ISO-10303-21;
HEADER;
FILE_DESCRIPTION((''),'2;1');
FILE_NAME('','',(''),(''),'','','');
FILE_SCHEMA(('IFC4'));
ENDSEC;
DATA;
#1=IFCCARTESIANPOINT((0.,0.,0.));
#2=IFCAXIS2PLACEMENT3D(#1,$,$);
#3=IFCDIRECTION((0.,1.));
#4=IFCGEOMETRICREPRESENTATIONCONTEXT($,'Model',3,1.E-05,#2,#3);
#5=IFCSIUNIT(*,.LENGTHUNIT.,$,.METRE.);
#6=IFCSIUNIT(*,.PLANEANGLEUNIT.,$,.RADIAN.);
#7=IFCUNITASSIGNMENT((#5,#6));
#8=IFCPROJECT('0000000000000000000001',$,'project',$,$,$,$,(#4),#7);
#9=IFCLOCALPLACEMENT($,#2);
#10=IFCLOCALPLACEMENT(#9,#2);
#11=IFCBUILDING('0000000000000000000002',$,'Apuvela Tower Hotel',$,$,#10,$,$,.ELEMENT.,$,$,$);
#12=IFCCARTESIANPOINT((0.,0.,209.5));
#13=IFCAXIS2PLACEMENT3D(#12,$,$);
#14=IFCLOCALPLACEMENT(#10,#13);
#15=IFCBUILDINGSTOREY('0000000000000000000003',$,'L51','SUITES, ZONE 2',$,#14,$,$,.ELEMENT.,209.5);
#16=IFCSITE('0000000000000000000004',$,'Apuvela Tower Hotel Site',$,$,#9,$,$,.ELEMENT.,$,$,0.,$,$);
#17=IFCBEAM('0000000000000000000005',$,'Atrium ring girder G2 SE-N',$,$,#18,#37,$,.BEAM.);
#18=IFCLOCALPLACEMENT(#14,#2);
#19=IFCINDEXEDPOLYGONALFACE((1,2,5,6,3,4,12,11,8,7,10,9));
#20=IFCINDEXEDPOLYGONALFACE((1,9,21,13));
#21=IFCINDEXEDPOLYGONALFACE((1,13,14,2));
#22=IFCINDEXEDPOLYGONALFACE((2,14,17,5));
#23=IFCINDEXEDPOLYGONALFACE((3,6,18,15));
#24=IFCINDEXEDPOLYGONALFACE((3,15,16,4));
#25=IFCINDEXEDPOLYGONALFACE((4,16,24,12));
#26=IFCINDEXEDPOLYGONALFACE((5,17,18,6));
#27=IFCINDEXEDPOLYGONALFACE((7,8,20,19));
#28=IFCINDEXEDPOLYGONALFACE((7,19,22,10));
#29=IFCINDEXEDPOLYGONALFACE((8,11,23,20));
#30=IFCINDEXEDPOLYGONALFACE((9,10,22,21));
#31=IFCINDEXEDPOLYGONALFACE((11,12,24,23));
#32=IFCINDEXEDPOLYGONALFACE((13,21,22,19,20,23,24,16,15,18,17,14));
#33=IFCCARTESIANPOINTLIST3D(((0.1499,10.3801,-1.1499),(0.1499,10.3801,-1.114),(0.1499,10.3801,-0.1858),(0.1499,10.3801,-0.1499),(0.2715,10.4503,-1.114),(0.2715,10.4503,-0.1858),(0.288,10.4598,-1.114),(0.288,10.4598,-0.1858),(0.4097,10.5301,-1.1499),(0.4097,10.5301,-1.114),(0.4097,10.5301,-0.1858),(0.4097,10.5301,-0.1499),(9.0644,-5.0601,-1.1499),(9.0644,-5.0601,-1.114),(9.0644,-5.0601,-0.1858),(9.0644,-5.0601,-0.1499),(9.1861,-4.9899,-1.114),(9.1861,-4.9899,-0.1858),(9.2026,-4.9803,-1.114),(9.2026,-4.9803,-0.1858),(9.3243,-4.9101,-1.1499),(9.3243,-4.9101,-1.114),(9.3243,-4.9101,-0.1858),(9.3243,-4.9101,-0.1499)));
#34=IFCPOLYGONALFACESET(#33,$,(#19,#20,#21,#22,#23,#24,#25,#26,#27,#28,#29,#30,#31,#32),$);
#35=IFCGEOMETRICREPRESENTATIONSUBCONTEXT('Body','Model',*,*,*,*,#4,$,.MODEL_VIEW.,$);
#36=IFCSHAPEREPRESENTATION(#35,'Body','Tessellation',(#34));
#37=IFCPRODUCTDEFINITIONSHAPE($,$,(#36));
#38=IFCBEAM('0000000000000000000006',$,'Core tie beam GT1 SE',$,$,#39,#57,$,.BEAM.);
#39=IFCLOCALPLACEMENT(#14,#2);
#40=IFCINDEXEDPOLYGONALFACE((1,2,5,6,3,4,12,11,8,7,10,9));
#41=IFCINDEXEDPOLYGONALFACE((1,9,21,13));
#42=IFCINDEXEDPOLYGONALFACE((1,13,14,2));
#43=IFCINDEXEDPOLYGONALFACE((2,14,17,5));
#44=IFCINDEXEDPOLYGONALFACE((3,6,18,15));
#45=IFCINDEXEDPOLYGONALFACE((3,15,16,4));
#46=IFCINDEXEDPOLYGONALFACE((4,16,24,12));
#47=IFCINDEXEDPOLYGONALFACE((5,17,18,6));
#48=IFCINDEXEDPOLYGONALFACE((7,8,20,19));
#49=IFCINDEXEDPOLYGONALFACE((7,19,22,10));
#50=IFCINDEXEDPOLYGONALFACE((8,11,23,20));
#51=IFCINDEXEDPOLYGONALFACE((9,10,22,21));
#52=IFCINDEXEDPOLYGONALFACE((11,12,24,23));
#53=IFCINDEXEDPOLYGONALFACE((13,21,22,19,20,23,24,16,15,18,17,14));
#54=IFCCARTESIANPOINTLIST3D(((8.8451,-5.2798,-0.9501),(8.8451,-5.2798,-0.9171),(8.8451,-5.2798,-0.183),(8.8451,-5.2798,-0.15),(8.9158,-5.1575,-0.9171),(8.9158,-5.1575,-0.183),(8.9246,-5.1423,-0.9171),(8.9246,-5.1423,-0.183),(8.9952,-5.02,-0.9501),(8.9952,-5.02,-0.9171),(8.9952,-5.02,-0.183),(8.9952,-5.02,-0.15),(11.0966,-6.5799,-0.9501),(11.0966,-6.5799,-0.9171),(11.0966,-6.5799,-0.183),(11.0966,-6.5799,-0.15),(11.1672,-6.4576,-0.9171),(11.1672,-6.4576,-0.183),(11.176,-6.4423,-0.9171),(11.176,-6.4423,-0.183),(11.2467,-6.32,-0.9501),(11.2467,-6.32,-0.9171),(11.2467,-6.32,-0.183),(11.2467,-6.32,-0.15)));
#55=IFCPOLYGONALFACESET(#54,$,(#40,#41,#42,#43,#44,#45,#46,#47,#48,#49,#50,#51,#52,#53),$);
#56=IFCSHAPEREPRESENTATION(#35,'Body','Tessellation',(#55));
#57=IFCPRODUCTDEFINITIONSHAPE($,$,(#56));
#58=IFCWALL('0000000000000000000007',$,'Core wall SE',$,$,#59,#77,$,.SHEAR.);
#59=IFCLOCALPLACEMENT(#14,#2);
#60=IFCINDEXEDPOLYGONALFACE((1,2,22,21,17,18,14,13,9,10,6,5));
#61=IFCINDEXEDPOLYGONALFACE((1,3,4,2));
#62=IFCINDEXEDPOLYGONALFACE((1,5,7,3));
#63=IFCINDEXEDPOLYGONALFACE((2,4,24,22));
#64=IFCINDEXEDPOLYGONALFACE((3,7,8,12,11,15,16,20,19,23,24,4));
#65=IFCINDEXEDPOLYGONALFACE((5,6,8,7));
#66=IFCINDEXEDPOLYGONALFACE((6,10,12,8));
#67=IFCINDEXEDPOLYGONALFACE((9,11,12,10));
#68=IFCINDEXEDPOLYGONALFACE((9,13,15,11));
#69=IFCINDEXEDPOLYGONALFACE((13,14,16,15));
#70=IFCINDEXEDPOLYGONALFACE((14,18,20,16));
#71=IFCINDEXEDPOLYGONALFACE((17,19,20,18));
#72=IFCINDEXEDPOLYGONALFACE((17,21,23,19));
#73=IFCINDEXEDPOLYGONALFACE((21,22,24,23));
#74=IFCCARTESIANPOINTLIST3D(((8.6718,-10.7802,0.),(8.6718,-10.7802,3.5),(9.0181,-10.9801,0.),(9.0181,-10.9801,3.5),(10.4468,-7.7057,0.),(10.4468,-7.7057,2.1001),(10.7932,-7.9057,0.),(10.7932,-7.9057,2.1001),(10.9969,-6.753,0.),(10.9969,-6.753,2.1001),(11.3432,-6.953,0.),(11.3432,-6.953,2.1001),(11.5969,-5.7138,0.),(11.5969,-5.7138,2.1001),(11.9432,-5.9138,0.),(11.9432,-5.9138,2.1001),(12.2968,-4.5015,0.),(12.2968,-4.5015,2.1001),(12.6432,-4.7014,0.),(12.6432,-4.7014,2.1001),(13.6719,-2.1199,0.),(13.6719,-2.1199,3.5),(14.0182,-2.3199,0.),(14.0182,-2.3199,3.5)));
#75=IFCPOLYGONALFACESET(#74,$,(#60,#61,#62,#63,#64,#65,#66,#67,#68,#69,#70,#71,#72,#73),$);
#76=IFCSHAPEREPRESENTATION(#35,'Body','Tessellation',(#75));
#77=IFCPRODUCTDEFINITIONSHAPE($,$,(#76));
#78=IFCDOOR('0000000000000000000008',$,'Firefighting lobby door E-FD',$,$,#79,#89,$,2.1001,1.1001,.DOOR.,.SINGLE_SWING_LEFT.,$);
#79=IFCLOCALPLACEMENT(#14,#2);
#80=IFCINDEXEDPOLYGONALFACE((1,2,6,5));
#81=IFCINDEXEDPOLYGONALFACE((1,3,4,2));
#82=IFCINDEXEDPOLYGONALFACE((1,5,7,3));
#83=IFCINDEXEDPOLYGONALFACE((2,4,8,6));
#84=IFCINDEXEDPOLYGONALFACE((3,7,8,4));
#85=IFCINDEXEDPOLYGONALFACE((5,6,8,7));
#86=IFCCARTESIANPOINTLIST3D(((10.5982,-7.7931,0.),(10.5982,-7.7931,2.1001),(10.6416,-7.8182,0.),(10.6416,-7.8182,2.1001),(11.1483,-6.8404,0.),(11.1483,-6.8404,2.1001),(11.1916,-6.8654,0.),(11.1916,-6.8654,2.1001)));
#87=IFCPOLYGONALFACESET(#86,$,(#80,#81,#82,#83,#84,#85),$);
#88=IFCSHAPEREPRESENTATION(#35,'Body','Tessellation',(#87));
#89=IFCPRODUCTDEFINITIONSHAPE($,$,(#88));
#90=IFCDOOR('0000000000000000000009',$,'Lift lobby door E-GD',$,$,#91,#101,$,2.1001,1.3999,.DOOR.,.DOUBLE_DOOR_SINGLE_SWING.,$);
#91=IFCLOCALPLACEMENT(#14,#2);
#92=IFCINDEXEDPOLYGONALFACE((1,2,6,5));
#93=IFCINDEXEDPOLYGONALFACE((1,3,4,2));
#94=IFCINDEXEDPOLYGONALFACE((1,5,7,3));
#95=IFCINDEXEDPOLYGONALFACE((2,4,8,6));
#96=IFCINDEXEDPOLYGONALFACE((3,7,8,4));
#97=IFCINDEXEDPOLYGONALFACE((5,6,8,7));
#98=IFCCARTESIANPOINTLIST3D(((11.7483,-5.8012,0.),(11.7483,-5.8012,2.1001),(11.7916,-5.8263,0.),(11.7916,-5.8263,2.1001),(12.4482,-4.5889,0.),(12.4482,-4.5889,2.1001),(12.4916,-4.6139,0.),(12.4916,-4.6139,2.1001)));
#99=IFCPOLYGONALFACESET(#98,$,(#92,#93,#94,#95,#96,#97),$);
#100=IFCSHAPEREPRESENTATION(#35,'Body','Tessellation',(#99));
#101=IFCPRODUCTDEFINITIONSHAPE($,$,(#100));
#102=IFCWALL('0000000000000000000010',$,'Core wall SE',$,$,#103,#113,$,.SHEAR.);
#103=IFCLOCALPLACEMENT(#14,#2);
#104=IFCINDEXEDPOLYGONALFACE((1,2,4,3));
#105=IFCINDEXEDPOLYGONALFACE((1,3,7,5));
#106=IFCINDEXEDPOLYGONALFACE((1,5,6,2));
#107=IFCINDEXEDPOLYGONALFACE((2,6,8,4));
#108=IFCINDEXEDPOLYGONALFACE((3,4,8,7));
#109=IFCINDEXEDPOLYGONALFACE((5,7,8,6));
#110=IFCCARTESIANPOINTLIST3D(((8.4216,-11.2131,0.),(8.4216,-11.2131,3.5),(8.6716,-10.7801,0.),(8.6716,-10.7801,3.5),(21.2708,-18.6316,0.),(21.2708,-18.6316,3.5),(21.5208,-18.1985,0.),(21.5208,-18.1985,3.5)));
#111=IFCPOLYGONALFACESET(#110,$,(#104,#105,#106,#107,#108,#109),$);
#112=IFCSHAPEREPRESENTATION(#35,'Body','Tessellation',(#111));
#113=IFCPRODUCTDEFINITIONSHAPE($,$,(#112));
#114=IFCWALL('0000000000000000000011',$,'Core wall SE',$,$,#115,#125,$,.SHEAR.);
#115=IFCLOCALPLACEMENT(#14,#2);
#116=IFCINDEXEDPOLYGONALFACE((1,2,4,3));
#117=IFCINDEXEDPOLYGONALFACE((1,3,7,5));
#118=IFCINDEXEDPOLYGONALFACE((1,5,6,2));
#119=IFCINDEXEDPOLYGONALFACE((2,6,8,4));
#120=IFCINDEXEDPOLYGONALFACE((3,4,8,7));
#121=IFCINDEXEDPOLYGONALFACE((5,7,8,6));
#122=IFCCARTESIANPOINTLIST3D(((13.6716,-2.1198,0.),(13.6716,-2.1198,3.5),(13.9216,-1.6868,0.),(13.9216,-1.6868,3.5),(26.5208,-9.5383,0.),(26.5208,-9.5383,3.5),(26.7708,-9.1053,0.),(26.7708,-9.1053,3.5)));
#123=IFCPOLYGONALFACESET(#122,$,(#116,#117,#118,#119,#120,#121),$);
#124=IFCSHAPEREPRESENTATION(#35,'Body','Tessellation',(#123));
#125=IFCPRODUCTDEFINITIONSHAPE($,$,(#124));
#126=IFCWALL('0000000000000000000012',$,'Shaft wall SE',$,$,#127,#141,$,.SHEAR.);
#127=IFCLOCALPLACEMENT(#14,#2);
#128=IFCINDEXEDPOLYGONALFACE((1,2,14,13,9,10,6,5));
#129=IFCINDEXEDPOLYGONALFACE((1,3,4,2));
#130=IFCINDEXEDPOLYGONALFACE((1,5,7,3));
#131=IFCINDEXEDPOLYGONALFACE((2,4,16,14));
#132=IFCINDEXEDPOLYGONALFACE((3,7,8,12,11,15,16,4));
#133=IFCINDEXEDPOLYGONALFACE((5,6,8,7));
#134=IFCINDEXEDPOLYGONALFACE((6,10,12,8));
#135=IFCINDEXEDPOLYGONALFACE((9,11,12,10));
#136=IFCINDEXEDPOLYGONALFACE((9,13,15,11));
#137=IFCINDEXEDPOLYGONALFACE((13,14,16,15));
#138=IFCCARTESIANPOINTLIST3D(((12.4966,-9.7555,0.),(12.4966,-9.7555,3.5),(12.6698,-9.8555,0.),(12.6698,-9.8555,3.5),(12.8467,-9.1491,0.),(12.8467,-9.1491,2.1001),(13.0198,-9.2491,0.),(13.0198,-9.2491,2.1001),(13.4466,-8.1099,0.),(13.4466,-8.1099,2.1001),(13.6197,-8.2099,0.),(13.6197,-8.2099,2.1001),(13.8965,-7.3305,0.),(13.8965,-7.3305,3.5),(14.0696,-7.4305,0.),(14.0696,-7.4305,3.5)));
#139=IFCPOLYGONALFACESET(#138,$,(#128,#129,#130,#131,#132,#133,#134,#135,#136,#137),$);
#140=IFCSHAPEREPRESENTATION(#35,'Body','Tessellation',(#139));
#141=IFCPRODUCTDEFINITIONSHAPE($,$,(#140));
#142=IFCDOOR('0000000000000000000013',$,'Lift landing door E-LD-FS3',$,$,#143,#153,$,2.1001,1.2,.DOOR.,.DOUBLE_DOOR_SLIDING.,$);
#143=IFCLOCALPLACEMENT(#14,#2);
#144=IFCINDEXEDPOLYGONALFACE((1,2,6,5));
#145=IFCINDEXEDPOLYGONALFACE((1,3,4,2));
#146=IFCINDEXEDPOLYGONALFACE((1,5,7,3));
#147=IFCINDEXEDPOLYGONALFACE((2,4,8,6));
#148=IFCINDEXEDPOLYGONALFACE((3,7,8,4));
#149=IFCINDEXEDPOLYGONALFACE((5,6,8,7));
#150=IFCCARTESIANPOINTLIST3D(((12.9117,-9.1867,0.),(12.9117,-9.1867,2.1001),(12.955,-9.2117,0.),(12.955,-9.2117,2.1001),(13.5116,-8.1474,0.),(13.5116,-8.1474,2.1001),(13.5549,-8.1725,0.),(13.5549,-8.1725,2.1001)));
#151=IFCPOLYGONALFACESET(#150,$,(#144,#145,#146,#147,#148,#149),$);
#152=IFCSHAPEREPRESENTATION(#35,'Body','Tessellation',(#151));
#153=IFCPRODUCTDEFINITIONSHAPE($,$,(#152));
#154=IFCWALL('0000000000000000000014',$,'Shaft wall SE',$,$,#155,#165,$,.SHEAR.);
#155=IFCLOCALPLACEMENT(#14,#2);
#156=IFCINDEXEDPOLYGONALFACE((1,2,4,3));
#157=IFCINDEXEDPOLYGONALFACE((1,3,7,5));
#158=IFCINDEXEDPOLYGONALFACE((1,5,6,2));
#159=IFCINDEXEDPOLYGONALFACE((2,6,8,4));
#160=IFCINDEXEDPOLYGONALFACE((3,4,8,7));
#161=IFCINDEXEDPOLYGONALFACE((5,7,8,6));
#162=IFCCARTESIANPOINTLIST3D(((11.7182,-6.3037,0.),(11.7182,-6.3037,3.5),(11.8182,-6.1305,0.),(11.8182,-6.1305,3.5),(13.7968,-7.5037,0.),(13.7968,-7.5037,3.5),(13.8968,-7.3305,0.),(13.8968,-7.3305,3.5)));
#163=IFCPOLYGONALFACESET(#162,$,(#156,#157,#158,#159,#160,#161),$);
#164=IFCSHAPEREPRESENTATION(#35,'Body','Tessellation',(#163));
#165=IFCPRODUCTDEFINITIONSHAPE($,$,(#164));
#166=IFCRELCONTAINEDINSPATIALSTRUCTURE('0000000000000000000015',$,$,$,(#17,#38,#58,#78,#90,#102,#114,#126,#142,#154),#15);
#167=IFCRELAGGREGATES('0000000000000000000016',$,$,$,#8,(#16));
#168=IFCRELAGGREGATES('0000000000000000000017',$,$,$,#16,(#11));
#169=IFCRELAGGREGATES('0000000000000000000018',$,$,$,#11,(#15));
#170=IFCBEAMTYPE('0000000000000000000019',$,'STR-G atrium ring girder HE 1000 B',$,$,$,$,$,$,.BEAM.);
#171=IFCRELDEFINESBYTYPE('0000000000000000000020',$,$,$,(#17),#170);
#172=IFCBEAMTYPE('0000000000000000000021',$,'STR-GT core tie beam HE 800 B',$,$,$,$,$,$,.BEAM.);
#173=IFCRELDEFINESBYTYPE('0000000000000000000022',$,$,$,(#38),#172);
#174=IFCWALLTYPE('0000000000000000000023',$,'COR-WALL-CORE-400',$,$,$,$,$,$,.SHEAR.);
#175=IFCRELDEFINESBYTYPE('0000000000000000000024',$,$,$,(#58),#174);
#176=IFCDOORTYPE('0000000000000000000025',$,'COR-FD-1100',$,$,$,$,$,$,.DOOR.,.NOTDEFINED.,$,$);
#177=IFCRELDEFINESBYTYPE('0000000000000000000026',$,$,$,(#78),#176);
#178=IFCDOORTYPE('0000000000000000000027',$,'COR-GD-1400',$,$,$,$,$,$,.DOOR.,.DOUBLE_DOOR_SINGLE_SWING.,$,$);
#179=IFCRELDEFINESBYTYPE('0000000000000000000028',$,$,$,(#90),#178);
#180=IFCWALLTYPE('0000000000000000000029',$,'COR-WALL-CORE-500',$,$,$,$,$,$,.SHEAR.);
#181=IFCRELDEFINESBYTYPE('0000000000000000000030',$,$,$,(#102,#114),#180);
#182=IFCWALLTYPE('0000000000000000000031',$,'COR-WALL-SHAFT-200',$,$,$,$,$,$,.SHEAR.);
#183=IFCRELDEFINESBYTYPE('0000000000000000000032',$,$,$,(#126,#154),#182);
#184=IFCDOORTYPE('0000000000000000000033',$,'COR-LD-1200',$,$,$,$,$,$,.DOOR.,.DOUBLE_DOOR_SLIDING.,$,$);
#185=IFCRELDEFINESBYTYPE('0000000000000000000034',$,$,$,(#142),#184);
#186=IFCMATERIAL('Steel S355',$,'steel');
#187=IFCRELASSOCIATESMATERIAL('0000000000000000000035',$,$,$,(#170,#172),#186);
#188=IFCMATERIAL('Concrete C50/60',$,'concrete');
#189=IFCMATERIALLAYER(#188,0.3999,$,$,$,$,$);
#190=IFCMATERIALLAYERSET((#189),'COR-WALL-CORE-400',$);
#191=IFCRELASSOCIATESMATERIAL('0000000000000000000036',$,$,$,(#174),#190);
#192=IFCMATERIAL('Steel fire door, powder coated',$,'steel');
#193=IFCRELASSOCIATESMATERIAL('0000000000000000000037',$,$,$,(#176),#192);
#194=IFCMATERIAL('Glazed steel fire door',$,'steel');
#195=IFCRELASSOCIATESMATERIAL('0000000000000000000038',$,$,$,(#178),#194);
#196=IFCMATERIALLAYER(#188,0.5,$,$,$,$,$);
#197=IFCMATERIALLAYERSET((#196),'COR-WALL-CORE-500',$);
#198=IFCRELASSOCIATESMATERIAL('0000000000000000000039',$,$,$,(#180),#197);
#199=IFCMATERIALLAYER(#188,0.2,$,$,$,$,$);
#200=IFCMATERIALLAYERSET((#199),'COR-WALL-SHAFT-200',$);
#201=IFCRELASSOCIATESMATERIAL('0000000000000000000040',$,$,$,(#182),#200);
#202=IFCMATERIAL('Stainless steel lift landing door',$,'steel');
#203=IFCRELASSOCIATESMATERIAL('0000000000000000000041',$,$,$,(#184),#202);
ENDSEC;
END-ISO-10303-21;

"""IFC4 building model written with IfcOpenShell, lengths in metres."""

from ifc_helpers import new_model, si_unit, direction, frame, frame_2d, origin, origin_2d, place, context, subcontext, project, spatial, rectangle, i_section, extrude, material, layer, layer_set, material_profile, profile_set, type_object, element, fill, save


model = new_model("IFC4")

# Units and contexts
model_context = context("Model", 3, precision=1e-05, world=origin(), true_north=direction((0.0, 1.0)))
body_context = subcontext(model_context, "Body", "Model", "MODEL_VIEW")
ifc_project = project(units=[si_unit("LENGTHUNIT", "METRE"), si_unit("PLANEANGLEUNIT", "RADIAN")], contexts=[model_context])

# Site, building, storey
site_placement = place(None, origin())
site = spatial("IfcSite", under=ifc_project, at=site_placement, Name="Apuvela Tower Hotel Site", CompositionType="ELEMENT", RefElevation=0.0)
building_placement = place(site_placement, origin())
building = spatial("IfcBuilding", under=site, at=building_placement, Name="Apuvela Tower Hotel", CompositionType="ELEMENT")
storey_placement = place(building_placement, frame((0.0, 0.0, 209.5)))
storey = spatial("IfcBuildingStorey", under=building, at=storey_placement, Name="L51", Description="SUITES, ZONE 2", CompositionType="ELEMENT", Elevation=209.5)

# Beams
ifc_material_1 = material(Name="Steel S355", Category="steel")
ifc_material_profile_1 = material_profile(ifc_material_1, i_section(OverallWidth=0.3, OverallDepth=1.0, WebThickness=0.019, FlangeThickness=0.0359, at=origin_2d()), Name="HE 1000 B")
ifc_profile_set_1 = profile_set([ifc_material_profile_1], Name="Steel S355")
beam_type_1 = type_object("IfcBeamType", Name="STR-G atrium ring girder HE 1000 B", PredefinedType="BEAM", material=ifc_profile_set_1)
beam_1_placement = place(storey_placement, frame((9.1943, -4.9851, -0.6499), z_axis=(-0.500007, 0.866022, 0.0), x_axis=(-0.866022, -0.500007, 0.0)))
element("IfcBeam", 1, at=beam_1_placement, inside=storey, type_object=beam_type_1, Name="Atrium ring girder G2 SE-N", PredefinedType="BEAM", context=body_context, shape_type="SweptSolid", body=[
    extrude(i_section(OverallWidth=0.3, OverallDepth=1.0, WebThickness=0.019, FlangeThickness=0.0359, at=origin_2d()), origin(), (0.0, 0.0, 1.0), 17.8289),
])
ifc_material_profile_2 = material_profile(ifc_material_1, i_section(OverallWidth=0.3, OverallDepth=0.8, WebThickness=0.0176, FlangeThickness=0.033, at=origin_2d()), Name="HE 800 B")
ifc_profile_set_2 = profile_set([ifc_material_profile_2], Name="Steel S355")
beam_type_2 = type_object("IfcBeamType", Name="STR-GT core tie beam HE 800 B", PredefinedType="BEAM", material=ifc_profile_set_2)
beam_2_placement = place(storey_placement, frame((11.1716, -6.45, -0.55), z_axis=(-0.865998, 0.500048, 0.0), x_axis=(-0.500048, -0.865998, 0.0)))
element("IfcBeam", 2, at=beam_2_placement, inside=storey, type_object=beam_type_2, Name="Core tie beam GT1 SE", PredefinedType="BEAM", context=body_context, shape_type="SweptSolid", body=[
    extrude(i_section(OverallWidth=0.3, OverallDepth=0.8, WebThickness=0.0176, FlangeThickness=0.033, at=origin_2d()), origin(), (0.0, 0.0, 1.0), 2.5999),
])

# Wall, openings, doors
ifc_material_2 = material(Name="Concrete C50/60", Category="concrete")
ifc_layer_1 = layer(ifc_material_2, 0.3999)
ifc_layer_set_1 = layer_set([ifc_layer_1], Name="COR-WALL-CORE-400")
wall_type_1 = type_object("IfcWallType", Name="COR-WALL-CORE-400", PredefinedType="SHEAR", material=ifc_layer_set_1)
wall_1_placement = place(storey_placement, frame((8.845, -10.8801, 0.0), z_axis=(0.0, 0.0, 1.0), x_axis=(0.500004, 0.866023, 0.0)))
wall_1 = element("IfcWall", 3, at=wall_1_placement, inside=storey, type_object=wall_type_1, Name="Core wall SE", PredefinedType="SHEAR", context=body_context, shape_type="SweptSolid", body=[
    extrude(rectangle(XDim=10.0, YDim=0.3999, at=frame_2d((5.0, 0.0))), origin(), (0.0, 0.0, 1.0), 3.5),
])
opening_1_placement = place(wall_1_placement, frame((3.55, 0.0, 0.0)))
opening_1 = element("IfcOpeningElement", 4, at=opening_1_placement, cuts=wall_1, PredefinedType="OPENING", context=body_context, shape_type="SweptSolid", body=[
    extrude(rectangle(XDim=1.1001, YDim=2.1001, at=frame_2d((0.55, 1.05))), frame((0.0, 0.21, 0.0), z_axis=(0.0, -1.0, 0.0), x_axis=(1.0, 0.0, 0.0)), (0.0, 0.0, 1.0), 0.4199),
])
opening_2_placement = place(wall_1_placement, frame((5.8501, 0.0, 0.0)))
opening_2 = element("IfcOpeningElement", 5, at=opening_2_placement, cuts=wall_1, PredefinedType="OPENING", context=body_context, shape_type="SweptSolid", body=[
    extrude(rectangle(XDim=1.3999, YDim=2.1001, at=frame_2d((0.7, 1.05))), frame((0.0, 0.21, 0.0), z_axis=(0.0, -1.0, 0.0), x_axis=(1.0, 0.0, 0.0)), (0.0, 0.0, 1.0), 0.4199),
])
ifc_material_3 = material(Name="Steel fire door, powder coated", Category="steel")
door_type_1 = type_object("IfcDoorType", Name="COR-FD-1100", OperationType="NOTDEFINED", PredefinedType="DOOR", material=ifc_material_3)
door_1_placement = place(opening_1_placement, frame((1.1001, 0.0, 0.0), z_axis=(0.0, 0.0, 1.0), x_axis=(-1.0, 0.0, 0.0)))
door_1 = element("IfcDoor", 6, at=door_1_placement, inside=storey, type_object=door_type_1, Name="Firefighting lobby door E-FD", OperationType="SINGLE_SWING_LEFT", OverallHeight=2.1001, OverallWidth=1.1001, PredefinedType="DOOR", context=body_context, shape_type="SweptSolid", body=[
    extrude(rectangle(XDim=1.1001, YDim=2.1001, at=frame_2d((0.55, 1.05))), frame((0.0, 0.0249, 0.0), z_axis=(0.0, -1.0, 0.0), x_axis=(1.0, 0.0, 0.0)), (0.0, 0.0, 1.0), 0.05),
])
fill(opening_1, door_1)
ifc_material_4 = material(Name="Glazed steel fire door", Category="steel")
door_type_2 = type_object("IfcDoorType", Name="COR-GD-1400", OperationType="DOUBLE_DOOR_SINGLE_SWING", PredefinedType="DOOR", material=ifc_material_4)
door_2_placement = place(opening_2_placement, frame((1.3999, 0.0, 0.0), z_axis=(0.0, 0.0, 1.0), x_axis=(-1.0, 0.0, 0.0)))
door_2 = element("IfcDoor", 7, at=door_2_placement, inside=storey, type_object=door_type_2, Name="Lift lobby door E-GD", OperationType="DOUBLE_DOOR_SINGLE_SWING", OverallHeight=2.1001, OverallWidth=1.3999, PredefinedType="DOOR", context=body_context, shape_type="SweptSolid", body=[
    extrude(rectangle(XDim=1.3999, YDim=2.1001, at=frame_2d((0.7, 1.05))), frame((0.0, 0.0249, 0.0), z_axis=(0.0, -1.0, 0.0), x_axis=(1.0, 0.0, 0.0)), (0.0, 0.0, 1.0), 0.05),
])
fill(opening_2, door_2)

# Walls
ifc_layer_2 = layer(ifc_material_2, 0.5)
ifc_layer_set_2 = layer_set([ifc_layer_2], Name="COR-WALL-CORE-500")
wall_type_2 = type_object("IfcWallType", Name="COR-WALL-CORE-500", PredefinedType="SHEAR", material=ifc_layer_set_2)
for number, where, z_axis, x_axis, name in (
    (8, (8.5466, -10.9966, 0.0), (0.0, 0.0, 1.0), (0.866025, -0.500001, 0.0), "Core wall SE"),
    (9, (13.7966, -1.9033, 0.0), (0.0, 0.0, 1.0), (0.866025, -0.500001, 0.0), "Core wall SE"),
):
    element("IfcWall", number, at=place(storey_placement, frame(where, z_axis=z_axis, x_axis=x_axis)), inside=storey, type_object=wall_type_2, Name=name, PredefinedType="SHEAR", context=body_context, shape_type="SweptSolid", body=[
        extrude(rectangle(XDim=14.8369, YDim=0.5, at=frame_2d((7.4185, 0.0))), origin(), (0.0, 0.0, 1.0), 3.5),
    ])

# Wall, opening, door
ifc_layer_3 = layer(ifc_material_2, 0.2)
ifc_layer_set_3 = layer_set([ifc_layer_3], Name="COR-WALL-SHAFT-200")
wall_type_3 = type_object("IfcWallType", Name="COR-WALL-SHAFT-200", PredefinedType="SHEAR", material=ifc_layer_set_3)
wall_2_placement = place(storey_placement, frame((12.5833, -9.8054, 0.0), z_axis=(0.0, 0.0, 1.0), x_axis=(0.499946, 0.866056, 0.0)))
wall_2 = element("IfcWall", 10, at=wall_2_placement, inside=storey, type_object=wall_type_3, Name="Shaft wall SE", PredefinedType="SHEAR", context=body_context, shape_type="SweptSolid", body=[
    extrude(rectangle(XDim=2.8, YDim=0.2, at=frame_2d((1.3999, 0.0))), origin(), (0.0, 0.0, 1.0), 3.5),
])
opening_3_placement = place(wall_2_placement, frame((0.7, 0.0, 0.0)))
opening_3 = element("IfcOpeningElement", 11, at=opening_3_placement, cuts=wall_2, PredefinedType="OPENING", context=body_context, shape_type="SweptSolid", body=[
    extrude(rectangle(XDim=1.2, YDim=2.1001, at=frame_2d((0.6001, 1.05))), frame((0.0, 0.1099, 0.0), z_axis=(0.0, -1.0, 0.0), x_axis=(1.0, 0.0, 0.0)), (0.0, 0.0, 1.0), 0.22),
])
ifc_material_5 = material(Name="Stainless steel lift landing door", Category="steel")
door_type_3 = type_object("IfcDoorType", Name="COR-LD-1200", OperationType="DOUBLE_DOOR_SLIDING", PredefinedType="DOOR", material=ifc_material_5)
door_3_placement = place(opening_3_placement, origin())
door_3 = element("IfcDoor", 12, at=door_3_placement, inside=storey, type_object=door_type_3, Name="Lift landing door E-LD-FS3", OperationType="DOUBLE_DOOR_SLIDING", OverallHeight=2.1001, OverallWidth=1.2, PredefinedType="DOOR", context=body_context, shape_type="SweptSolid", body=[
    extrude(rectangle(XDim=1.2, YDim=2.1001, at=frame_2d((0.6001, 1.05))), frame((0.0, 0.0249, 0.0), z_axis=(0.0, -1.0, 0.0), x_axis=(1.0, 0.0, 0.0)), (0.0, 0.0, 1.0), 0.05),
])
fill(opening_3, door_3)

# Wall
wall_3_placement = place(storey_placement, frame((11.7681, -6.217, 0.0), z_axis=(0.0, 0.0, 1.0), x_axis=(0.86605, -0.499957, 0.0)))
element("IfcWall", 13, at=wall_3_placement, inside=storey, type_object=wall_type_3, Name="Shaft wall SE", PredefinedType="SHEAR", context=body_context, shape_type="SweptSolid", body=[
    extrude(rectangle(XDim=2.4001, YDim=0.2, at=frame_2d((1.2002, 0.0))), origin(), (0.0, 0.0, 1.0), 3.5),
])

save(model, "model.ifc")
